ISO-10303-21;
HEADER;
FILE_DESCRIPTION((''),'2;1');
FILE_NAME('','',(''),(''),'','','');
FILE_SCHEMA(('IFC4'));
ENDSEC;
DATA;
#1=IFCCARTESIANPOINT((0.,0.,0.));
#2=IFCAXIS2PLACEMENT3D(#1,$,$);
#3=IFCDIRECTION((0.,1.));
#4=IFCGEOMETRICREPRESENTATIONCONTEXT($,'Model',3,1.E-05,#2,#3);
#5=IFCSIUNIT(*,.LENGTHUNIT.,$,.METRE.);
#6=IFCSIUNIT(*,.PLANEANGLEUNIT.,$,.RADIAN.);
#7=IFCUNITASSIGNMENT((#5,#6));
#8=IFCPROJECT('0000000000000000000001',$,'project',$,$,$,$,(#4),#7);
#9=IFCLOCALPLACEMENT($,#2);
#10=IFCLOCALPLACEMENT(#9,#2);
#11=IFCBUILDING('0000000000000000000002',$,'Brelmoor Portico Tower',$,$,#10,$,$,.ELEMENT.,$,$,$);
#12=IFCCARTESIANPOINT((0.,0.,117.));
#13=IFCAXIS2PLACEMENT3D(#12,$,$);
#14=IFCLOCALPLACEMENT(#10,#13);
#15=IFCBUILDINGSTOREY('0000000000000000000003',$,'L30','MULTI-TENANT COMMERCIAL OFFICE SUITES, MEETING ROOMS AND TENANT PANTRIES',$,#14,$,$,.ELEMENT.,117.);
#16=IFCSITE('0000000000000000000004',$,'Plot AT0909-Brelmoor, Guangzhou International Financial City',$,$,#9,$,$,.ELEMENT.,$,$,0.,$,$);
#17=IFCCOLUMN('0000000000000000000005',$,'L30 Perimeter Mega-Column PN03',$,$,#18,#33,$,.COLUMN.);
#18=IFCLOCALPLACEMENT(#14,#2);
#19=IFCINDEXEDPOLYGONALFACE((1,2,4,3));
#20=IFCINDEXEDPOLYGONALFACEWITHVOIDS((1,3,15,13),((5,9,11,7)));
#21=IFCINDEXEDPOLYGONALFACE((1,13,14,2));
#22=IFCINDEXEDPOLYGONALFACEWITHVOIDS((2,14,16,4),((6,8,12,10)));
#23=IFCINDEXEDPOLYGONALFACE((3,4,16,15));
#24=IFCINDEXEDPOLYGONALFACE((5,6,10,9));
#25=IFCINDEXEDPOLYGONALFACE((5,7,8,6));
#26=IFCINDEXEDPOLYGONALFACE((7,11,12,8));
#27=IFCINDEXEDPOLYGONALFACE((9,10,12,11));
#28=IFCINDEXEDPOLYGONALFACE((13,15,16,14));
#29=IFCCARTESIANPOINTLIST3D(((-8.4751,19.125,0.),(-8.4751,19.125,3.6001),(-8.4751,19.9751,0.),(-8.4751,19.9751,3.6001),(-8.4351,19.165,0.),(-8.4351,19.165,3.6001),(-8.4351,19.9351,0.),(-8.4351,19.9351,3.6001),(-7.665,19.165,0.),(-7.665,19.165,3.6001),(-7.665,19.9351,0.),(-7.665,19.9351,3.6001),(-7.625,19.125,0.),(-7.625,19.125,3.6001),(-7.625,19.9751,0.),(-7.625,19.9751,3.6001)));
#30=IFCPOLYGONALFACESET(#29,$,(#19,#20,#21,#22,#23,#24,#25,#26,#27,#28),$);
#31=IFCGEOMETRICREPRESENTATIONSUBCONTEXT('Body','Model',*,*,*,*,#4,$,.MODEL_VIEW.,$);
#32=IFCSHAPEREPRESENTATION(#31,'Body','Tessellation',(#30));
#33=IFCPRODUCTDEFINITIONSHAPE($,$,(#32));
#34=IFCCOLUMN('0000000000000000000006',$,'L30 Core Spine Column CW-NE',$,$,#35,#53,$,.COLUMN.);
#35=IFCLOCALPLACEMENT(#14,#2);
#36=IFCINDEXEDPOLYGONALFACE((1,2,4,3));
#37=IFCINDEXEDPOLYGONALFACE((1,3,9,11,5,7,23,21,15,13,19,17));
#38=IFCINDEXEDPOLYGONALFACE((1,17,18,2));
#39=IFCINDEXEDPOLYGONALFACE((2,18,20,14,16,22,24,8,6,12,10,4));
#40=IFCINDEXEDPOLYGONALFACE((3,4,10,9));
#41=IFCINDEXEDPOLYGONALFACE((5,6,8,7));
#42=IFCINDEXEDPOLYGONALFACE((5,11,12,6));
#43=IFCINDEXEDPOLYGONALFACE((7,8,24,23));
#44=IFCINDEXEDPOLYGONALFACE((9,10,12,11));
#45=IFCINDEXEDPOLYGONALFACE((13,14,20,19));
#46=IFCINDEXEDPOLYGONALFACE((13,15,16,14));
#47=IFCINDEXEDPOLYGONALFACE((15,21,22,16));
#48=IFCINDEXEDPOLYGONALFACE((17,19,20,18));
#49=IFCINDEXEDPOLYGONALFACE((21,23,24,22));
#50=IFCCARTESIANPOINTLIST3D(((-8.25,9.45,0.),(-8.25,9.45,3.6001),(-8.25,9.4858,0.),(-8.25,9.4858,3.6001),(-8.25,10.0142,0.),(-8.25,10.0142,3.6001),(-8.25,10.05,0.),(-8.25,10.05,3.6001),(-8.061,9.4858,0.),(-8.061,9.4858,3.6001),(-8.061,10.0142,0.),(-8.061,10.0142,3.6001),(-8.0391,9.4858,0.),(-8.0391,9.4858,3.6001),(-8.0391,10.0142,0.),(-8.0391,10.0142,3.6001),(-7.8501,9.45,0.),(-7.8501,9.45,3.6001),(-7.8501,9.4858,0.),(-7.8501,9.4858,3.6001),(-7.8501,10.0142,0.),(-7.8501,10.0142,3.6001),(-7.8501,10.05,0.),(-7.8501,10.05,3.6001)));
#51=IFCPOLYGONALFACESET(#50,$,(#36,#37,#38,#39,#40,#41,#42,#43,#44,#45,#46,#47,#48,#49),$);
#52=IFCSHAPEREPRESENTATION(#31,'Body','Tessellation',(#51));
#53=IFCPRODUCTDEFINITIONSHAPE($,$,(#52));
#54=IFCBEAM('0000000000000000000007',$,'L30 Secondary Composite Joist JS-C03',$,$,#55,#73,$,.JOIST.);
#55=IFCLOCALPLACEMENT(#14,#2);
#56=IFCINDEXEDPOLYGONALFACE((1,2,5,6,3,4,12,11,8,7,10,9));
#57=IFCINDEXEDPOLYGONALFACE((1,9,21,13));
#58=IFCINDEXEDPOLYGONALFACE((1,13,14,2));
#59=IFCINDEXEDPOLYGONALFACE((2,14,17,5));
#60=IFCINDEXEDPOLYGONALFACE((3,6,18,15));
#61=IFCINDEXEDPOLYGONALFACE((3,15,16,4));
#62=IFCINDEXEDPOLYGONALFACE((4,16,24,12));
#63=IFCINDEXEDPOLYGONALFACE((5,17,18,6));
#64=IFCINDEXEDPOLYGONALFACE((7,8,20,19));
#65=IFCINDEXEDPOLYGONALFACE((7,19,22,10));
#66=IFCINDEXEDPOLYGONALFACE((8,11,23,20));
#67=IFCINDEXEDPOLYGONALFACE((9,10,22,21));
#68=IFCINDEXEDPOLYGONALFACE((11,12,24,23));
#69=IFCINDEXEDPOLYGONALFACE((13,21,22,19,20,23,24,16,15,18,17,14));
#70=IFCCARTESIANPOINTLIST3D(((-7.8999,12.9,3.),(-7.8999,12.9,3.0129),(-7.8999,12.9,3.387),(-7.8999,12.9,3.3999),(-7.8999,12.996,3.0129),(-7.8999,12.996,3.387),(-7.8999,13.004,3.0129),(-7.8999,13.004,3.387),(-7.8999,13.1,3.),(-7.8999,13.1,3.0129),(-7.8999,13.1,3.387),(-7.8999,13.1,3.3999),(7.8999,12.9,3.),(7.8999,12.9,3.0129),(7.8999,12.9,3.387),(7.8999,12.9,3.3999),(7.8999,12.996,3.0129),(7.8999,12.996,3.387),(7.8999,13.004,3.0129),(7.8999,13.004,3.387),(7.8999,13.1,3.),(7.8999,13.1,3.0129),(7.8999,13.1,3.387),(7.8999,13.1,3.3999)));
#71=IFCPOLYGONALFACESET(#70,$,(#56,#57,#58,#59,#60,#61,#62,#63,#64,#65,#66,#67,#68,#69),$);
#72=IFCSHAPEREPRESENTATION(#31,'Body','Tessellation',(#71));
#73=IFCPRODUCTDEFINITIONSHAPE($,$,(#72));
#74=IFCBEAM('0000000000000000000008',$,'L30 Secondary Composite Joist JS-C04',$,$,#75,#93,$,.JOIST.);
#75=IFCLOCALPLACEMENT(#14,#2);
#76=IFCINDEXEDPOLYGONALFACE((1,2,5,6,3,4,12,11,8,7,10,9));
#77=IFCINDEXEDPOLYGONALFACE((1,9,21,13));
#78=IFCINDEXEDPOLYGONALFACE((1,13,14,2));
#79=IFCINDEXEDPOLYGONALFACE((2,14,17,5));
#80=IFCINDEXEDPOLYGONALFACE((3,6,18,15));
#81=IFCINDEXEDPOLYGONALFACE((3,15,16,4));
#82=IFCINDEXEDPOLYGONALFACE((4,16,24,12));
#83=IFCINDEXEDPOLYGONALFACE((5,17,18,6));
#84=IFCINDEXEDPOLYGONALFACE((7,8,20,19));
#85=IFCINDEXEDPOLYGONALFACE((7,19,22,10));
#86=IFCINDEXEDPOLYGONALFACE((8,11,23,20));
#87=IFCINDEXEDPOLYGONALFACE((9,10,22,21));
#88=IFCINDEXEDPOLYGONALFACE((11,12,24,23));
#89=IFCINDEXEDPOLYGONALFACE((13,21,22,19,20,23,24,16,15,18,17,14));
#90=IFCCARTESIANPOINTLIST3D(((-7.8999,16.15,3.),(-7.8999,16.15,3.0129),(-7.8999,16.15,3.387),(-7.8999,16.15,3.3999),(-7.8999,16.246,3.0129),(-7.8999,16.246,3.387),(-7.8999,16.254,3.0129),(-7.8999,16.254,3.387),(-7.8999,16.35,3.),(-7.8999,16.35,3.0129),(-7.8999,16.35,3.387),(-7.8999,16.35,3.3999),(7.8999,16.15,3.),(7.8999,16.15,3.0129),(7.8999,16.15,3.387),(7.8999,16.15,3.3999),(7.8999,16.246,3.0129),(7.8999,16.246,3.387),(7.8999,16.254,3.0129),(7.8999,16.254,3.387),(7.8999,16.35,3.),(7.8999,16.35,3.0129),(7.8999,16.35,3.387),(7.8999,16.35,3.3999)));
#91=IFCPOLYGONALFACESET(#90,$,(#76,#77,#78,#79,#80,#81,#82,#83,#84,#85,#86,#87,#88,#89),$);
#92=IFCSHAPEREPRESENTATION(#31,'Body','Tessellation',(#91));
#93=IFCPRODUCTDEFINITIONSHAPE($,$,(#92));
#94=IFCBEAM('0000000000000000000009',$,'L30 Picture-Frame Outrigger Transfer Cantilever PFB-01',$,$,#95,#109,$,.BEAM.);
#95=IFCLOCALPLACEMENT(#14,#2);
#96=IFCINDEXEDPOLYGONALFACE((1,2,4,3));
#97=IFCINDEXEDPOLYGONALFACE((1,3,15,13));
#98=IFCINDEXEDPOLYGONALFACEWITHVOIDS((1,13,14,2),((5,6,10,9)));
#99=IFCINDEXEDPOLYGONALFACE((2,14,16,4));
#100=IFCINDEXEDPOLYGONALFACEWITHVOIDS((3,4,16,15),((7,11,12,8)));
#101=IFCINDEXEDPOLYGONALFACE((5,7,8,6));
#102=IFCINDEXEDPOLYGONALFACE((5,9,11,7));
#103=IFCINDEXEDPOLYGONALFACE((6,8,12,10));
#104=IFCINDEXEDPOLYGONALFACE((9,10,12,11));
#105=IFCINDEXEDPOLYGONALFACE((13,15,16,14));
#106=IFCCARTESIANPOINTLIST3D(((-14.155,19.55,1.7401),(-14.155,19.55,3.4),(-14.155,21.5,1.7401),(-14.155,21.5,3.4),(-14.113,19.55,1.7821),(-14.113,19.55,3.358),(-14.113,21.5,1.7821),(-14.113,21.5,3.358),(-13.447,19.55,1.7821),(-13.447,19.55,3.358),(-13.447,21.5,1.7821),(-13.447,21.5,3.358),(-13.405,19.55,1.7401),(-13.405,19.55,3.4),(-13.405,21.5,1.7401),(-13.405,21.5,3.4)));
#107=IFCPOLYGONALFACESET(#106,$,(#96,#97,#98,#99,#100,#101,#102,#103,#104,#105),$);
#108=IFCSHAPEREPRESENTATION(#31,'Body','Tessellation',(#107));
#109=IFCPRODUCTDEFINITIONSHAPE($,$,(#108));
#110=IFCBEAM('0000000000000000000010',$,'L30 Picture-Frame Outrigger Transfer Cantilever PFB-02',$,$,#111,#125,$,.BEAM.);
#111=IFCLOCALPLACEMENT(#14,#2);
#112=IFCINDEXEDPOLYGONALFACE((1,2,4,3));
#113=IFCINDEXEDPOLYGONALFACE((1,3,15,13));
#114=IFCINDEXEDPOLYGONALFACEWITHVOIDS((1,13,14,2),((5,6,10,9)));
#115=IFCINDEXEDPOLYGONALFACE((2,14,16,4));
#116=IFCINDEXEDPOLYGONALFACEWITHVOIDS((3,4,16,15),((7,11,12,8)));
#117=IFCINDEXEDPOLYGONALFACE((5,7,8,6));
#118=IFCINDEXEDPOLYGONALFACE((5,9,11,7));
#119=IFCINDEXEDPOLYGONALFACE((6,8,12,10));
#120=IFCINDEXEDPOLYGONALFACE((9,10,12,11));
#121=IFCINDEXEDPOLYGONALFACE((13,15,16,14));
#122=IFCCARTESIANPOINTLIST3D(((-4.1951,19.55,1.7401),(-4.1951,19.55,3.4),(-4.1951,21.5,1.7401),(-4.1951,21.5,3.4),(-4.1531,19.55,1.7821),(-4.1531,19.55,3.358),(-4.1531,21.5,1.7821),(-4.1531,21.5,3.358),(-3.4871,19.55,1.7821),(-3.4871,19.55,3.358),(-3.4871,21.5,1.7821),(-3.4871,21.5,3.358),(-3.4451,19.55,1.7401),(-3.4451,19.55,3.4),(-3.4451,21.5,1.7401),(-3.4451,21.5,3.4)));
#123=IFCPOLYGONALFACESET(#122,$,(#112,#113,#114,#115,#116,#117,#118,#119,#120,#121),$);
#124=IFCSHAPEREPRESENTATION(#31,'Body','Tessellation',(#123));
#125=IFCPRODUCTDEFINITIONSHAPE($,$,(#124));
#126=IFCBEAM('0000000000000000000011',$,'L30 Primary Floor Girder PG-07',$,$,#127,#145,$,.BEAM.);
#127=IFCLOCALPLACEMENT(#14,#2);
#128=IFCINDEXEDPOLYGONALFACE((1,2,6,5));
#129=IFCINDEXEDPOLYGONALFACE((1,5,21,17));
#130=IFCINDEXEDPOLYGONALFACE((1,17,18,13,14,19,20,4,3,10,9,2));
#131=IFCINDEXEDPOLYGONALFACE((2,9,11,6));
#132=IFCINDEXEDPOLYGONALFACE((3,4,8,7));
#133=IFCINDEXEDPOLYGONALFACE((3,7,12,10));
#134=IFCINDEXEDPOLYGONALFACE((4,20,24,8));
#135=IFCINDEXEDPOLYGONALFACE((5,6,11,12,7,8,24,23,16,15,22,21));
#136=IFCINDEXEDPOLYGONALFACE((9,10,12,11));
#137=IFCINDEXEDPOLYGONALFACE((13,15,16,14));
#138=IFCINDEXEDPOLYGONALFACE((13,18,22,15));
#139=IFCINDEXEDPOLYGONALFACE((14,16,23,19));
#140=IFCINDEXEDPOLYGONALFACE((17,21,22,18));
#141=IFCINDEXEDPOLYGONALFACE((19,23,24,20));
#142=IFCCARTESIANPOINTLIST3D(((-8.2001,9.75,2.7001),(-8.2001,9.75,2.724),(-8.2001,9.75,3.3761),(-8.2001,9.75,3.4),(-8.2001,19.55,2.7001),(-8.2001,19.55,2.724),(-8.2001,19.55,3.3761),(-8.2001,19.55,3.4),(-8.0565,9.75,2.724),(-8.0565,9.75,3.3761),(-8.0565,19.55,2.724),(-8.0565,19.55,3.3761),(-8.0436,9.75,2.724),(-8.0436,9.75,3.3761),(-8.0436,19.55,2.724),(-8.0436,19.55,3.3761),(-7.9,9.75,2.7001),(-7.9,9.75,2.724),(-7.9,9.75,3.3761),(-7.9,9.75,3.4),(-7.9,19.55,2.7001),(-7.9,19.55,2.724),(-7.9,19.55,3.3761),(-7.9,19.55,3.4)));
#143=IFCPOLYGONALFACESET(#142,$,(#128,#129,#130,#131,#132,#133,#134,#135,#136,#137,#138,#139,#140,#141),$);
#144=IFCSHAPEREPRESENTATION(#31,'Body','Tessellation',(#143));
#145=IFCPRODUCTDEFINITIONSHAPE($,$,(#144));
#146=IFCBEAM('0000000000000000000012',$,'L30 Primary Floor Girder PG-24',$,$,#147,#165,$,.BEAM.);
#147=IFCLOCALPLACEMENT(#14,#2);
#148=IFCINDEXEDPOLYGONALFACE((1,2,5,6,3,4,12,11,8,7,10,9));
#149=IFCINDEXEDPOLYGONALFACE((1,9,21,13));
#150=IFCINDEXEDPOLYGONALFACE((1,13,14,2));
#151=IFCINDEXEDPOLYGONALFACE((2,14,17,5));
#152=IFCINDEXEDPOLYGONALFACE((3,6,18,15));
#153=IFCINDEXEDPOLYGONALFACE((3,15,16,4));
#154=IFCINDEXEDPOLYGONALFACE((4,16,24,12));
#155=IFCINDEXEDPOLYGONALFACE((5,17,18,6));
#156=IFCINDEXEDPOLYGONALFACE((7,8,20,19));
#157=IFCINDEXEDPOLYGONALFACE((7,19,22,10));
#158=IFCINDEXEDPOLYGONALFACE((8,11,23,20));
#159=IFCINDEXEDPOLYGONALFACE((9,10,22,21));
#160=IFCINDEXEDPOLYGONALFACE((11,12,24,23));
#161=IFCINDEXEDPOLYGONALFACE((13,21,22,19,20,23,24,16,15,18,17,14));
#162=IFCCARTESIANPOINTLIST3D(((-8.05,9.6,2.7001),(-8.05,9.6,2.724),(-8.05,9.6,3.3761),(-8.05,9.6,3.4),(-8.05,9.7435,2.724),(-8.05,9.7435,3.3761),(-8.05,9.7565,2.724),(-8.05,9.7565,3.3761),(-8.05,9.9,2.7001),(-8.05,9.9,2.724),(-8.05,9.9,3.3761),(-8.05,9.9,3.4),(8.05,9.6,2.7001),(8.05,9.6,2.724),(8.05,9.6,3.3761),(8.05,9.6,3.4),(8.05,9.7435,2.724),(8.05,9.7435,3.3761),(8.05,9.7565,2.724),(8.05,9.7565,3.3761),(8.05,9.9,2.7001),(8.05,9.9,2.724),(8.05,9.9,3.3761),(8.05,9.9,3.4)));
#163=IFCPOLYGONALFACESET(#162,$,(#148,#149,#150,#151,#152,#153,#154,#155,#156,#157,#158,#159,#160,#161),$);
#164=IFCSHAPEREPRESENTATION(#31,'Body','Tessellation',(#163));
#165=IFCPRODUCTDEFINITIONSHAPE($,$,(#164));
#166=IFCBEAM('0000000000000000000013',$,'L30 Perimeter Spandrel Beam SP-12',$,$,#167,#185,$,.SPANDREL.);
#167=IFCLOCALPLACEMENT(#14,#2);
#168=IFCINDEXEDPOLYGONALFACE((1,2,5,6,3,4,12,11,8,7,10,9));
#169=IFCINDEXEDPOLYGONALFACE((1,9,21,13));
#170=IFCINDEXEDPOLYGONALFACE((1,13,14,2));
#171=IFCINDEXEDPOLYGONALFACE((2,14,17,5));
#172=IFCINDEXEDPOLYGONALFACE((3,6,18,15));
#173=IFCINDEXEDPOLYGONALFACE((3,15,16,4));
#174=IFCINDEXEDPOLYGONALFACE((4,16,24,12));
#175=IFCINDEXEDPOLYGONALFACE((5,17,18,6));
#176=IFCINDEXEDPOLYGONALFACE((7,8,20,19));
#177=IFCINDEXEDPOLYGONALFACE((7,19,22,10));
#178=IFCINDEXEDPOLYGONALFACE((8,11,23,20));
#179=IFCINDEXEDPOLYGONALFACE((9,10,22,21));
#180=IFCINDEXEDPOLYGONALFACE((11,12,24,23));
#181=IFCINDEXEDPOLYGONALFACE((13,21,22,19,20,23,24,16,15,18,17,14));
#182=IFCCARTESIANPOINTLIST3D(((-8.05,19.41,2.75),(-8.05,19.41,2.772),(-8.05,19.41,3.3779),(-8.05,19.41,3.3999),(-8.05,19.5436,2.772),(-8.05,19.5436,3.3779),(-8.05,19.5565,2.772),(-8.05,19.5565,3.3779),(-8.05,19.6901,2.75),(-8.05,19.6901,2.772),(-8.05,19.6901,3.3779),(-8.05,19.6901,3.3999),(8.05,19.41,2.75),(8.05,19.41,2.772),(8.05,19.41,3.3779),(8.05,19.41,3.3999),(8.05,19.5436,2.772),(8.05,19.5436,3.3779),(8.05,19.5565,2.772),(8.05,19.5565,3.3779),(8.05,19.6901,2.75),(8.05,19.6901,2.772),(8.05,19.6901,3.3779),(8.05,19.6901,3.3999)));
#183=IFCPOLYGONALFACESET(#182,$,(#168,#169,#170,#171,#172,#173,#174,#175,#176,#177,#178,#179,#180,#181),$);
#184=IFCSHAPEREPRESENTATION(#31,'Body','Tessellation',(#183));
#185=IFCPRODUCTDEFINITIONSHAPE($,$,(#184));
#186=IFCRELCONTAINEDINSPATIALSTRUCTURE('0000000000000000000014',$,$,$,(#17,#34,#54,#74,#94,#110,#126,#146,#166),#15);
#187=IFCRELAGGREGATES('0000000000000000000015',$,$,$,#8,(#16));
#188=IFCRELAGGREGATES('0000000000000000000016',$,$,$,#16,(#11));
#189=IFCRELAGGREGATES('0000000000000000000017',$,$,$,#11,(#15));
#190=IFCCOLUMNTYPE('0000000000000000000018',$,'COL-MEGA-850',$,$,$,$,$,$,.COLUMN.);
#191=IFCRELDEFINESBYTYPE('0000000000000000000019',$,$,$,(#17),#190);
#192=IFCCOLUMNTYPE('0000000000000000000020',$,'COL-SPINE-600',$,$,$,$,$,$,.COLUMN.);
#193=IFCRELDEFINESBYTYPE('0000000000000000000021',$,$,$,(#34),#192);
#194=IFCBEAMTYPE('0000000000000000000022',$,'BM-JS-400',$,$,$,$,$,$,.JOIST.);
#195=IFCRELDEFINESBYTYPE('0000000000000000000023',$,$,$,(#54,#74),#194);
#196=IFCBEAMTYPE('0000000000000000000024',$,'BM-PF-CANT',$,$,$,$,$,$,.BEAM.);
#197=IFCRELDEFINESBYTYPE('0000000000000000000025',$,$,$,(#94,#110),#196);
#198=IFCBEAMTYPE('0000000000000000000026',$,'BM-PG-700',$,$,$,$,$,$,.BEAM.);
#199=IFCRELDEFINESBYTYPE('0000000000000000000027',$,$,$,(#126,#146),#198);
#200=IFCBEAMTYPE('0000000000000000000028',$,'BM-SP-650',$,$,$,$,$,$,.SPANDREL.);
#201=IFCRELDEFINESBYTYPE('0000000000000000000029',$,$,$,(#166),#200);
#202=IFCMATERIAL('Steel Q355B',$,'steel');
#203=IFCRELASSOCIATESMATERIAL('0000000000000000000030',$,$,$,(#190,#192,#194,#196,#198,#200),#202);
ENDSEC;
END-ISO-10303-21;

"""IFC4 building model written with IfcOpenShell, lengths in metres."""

from ifc_helpers import new_model, si_unit, direction, frame, origin, origin_2d, place, context, subcontext, project, spatial, hollow_rectangle, i_section, extrude, material, material_profile, profile_set, type_object, element, save


model = new_model("IFC4")

# Units and contexts
model_context = context("Model", 3, precision=1e-05, world=origin(), true_north=direction((0.0, 1.0)))
body_context = subcontext(model_context, "Body", "Model", "MODEL_VIEW")
ifc_project = project(units=[si_unit("LENGTHUNIT", "METRE"), si_unit("PLANEANGLEUNIT", "RADIAN")], contexts=[model_context])

# Site, building, storey
site_placement = place(None, origin())
site = spatial("IfcSite", under=ifc_project, at=site_placement, Name="Plot AT0909-Brelmoor, Guangzhou International Financial City", CompositionType="ELEMENT", RefElevation=0.0)
building_placement = place(site_placement, origin())
building = spatial("IfcBuilding", under=site, at=building_placement, Name="Brelmoor Portico Tower", CompositionType="ELEMENT")
storey_placement = place(building_placement, frame((0.0, 0.0, 117.0)))
storey = spatial("IfcBuildingStorey", under=building, at=storey_placement, Name="L30", Description="MULTI-TENANT COMMERCIAL OFFICE SUITES, MEETING ROOMS AND TENANT PANTRIES", CompositionType="ELEMENT", Elevation=117.0)

# Columns
ifc_material_1 = material(Name="Steel Q355B", Category="steel")
ifc_material_profile_1 = material_profile(ifc_material_1, hollow_rectangle(XDim=0.8501, YDim=0.8501, WallThickness=0.04, at=origin_2d()), Name="BOX 850x850x40")
ifc_profile_set_1 = profile_set([ifc_material_profile_1], Name="Steel Q355B")
column_type_1 = type_object("IfcColumnType", Name="COL-MEGA-850", PredefinedType="COLUMN", material=ifc_profile_set_1)
column_1_placement = place(storey_placement, frame((-8.05, 19.55, 0.0), z_axis=(0.0, 0.0, 1.0), x_axis=(1.0, 0.0, 0.0)))
element("IfcColumn", 1, at=column_1_placement, inside=storey, type_object=column_type_1, Name="L30 Perimeter Mega-Column PN03", PredefinedType="COLUMN", context=body_context, shape_type="SweptSolid", body=[
    extrude(hollow_rectangle(XDim=0.8501, YDim=0.8501, WallThickness=0.04, at=origin_2d()), origin(), (0.0, 0.0, 1.0), 3.6001),
])
ifc_material_profile_2 = material_profile(ifc_material_1, i_section(OverallWidth=0.3999, OverallDepth=0.6001, WebThickness=0.022, FlangeThickness=0.0359, at=origin_2d()), Name="HW 600x400x22x36")
ifc_profile_set_2 = profile_set([ifc_material_profile_2], Name="Steel Q355B")
column_type_2 = type_object("IfcColumnType", Name="COL-SPINE-600", PredefinedType="COLUMN", material=ifc_profile_set_2)
column_2_placement = place(storey_placement, frame((-8.05, 9.75, 0.0), z_axis=(0.0, 0.0, 1.0), x_axis=(1.0, 0.0, 0.0)))
element("IfcColumn", 2, at=column_2_placement, inside=storey, type_object=column_type_2, Name="L30 Core Spine Column CW-NE", PredefinedType="COLUMN", context=body_context, shape_type="SweptSolid", body=[
    extrude(i_section(OverallWidth=0.3999, OverallDepth=0.6001, WebThickness=0.022, FlangeThickness=0.0359, at=origin_2d()), origin(), (0.0, 0.0, 1.0), 3.6001),
])

# Beams
ifc_material_profile_3 = material_profile(ifc_material_1, i_section(OverallWidth=0.2, OverallDepth=0.3999, WebThickness=0.0081, FlangeThickness=0.0129, at=origin_2d()), Name="HN 400x200x8x13")
ifc_profile_set_3 = profile_set([ifc_material_profile_3], Name="Steel Q355B")
beam_type_1 = type_object("IfcBeamType", Name="BM-JS-400", PredefinedType="JOIST", material=ifc_profile_set_3)
for number, where, z_axis, x_axis, name in (
    (3, (-7.8999, 13.0, 3.2), (1.0, 0.0, 0.0), (0.0, 1.0, 0.0), "L30 Secondary Composite Joist JS-C03"),
    (4, (-7.8999, 16.25, 3.2), (1.0, 0.0, 0.0), (0.0, 1.0, 0.0), "L30 Secondary Composite Joist JS-C04"),
):
    element("IfcBeam", number, at=place(storey_placement, frame(where, z_axis=z_axis, x_axis=x_axis)), inside=storey, type_object=beam_type_1, Name=name, PredefinedType="JOIST", context=body_context, shape_type="SweptSolid", body=[
        extrude(i_section(OverallWidth=0.2, OverallDepth=0.3999, WebThickness=0.0081, FlangeThickness=0.0129, at=origin_2d()), origin(), (0.0, 0.0, 1.0), 15.7998),
    ])
ifc_material_profile_4 = material_profile(ifc_material_1, hollow_rectangle(XDim=0.75, YDim=1.6599, WallThickness=0.042, at=origin_2d()), Name="BOX 750x1660x42")
ifc_profile_set_4 = profile_set([ifc_material_profile_4], Name="Steel Q355B")
beam_type_2 = type_object("IfcBeamType", Name="BM-PF-CANT", PredefinedType="BEAM", material=ifc_profile_set_4)
for number, where, z_axis, x_axis, name in (
    (5, (-13.78, 19.55, 2.5701), (0.0, 1.0, 0.0), (-1.0, 0.0, 0.0), "L30 Picture-Frame Outrigger Transfer Cantilever PFB-01"),
    (6, (-3.8201, 19.55, 2.5701), (0.0, 1.0, 0.0), (-1.0, 0.0, 0.0), "L30 Picture-Frame Outrigger Transfer Cantilever PFB-02"),
):
    element("IfcBeam", number, at=place(storey_placement, frame(where, z_axis=z_axis, x_axis=x_axis)), inside=storey, type_object=beam_type_2, Name=name, PredefinedType="BEAM", context=body_context, shape_type="SweptSolid", body=[
        extrude(hollow_rectangle(XDim=0.75, YDim=1.6599, WallThickness=0.042, at=origin_2d()), origin(), (0.0, 0.0, 1.0), 1.95),
    ])
ifc_material_profile_5 = material_profile(ifc_material_1, i_section(OverallWidth=0.3, OverallDepth=0.7, WebThickness=0.0129, FlangeThickness=0.0239, at=origin_2d()), Name="HN 700x300x13x24")
ifc_profile_set_5 = profile_set([ifc_material_profile_5], Name="Steel Q355B")
beam_type_3 = type_object("IfcBeamType", Name="BM-PG-700", PredefinedType="BEAM", material=ifc_profile_set_5)
beam_1_placement = place(storey_placement, frame((-8.05, 9.75, 3.05), z_axis=(0.0, 1.0, 0.0), x_axis=(-1.0, 0.0, 0.0)))
element("IfcBeam", 7, at=beam_1_placement, inside=storey, type_object=beam_type_3, Name="L30 Primary Floor Girder PG-07", PredefinedType="BEAM", context=body_context, shape_type="SweptSolid", body=[
    extrude(i_section(OverallWidth=0.3, OverallDepth=0.7, WebThickness=0.0129, FlangeThickness=0.0239, at=origin_2d()), origin(), (0.0, 0.0, 1.0), 9.8),
])
beam_2_placement = place(storey_placement, frame((-8.05, 9.75, 3.05), z_axis=(1.0, 0.0, 0.0), x_axis=(0.0, 1.0, 0.0)))
element("IfcBeam", 8, at=beam_2_placement, inside=storey, type_object=beam_type_3, Name="L30 Primary Floor Girder PG-24", PredefinedType="BEAM", context=body_context, shape_type="SweptSolid", body=[
    extrude(i_section(OverallWidth=0.3, OverallDepth=0.7, WebThickness=0.0129, FlangeThickness=0.0239, at=origin_2d()), origin(), (0.0, 0.0, 1.0), 16.1001),
])
ifc_material_profile_6 = material_profile(ifc_material_1, i_section(OverallWidth=0.28, OverallDepth=0.6499, WebThickness=0.0129, FlangeThickness=0.022, at=origin_2d()), Name="HN 650x280x13x22")
ifc_profile_set_6 = profile_set([ifc_material_profile_6], Name="Steel Q355B")
beam_type_4 = type_object("IfcBeamType", Name="BM-SP-650", PredefinedType="SPANDREL", material=ifc_profile_set_6)
beam_3_placement = place(storey_placement, frame((-8.05, 19.55, 3.075), z_axis=(1.0, 0.0, 0.0), x_axis=(0.0, 1.0, 0.0)))
element("IfcBeam", 9, at=beam_3_placement, inside=storey, type_object=beam_type_4, Name="L30 Perimeter Spandrel Beam SP-12", PredefinedType="SPANDREL", context=body_context, shape_type="SweptSolid", body=[
    extrude(i_section(OverallWidth=0.28, OverallDepth=0.6499, WebThickness=0.0129, FlangeThickness=0.022, at=origin_2d()), origin(), (0.0, 0.0, 1.0), 16.1001),
])

save(model, "model.ifc")
